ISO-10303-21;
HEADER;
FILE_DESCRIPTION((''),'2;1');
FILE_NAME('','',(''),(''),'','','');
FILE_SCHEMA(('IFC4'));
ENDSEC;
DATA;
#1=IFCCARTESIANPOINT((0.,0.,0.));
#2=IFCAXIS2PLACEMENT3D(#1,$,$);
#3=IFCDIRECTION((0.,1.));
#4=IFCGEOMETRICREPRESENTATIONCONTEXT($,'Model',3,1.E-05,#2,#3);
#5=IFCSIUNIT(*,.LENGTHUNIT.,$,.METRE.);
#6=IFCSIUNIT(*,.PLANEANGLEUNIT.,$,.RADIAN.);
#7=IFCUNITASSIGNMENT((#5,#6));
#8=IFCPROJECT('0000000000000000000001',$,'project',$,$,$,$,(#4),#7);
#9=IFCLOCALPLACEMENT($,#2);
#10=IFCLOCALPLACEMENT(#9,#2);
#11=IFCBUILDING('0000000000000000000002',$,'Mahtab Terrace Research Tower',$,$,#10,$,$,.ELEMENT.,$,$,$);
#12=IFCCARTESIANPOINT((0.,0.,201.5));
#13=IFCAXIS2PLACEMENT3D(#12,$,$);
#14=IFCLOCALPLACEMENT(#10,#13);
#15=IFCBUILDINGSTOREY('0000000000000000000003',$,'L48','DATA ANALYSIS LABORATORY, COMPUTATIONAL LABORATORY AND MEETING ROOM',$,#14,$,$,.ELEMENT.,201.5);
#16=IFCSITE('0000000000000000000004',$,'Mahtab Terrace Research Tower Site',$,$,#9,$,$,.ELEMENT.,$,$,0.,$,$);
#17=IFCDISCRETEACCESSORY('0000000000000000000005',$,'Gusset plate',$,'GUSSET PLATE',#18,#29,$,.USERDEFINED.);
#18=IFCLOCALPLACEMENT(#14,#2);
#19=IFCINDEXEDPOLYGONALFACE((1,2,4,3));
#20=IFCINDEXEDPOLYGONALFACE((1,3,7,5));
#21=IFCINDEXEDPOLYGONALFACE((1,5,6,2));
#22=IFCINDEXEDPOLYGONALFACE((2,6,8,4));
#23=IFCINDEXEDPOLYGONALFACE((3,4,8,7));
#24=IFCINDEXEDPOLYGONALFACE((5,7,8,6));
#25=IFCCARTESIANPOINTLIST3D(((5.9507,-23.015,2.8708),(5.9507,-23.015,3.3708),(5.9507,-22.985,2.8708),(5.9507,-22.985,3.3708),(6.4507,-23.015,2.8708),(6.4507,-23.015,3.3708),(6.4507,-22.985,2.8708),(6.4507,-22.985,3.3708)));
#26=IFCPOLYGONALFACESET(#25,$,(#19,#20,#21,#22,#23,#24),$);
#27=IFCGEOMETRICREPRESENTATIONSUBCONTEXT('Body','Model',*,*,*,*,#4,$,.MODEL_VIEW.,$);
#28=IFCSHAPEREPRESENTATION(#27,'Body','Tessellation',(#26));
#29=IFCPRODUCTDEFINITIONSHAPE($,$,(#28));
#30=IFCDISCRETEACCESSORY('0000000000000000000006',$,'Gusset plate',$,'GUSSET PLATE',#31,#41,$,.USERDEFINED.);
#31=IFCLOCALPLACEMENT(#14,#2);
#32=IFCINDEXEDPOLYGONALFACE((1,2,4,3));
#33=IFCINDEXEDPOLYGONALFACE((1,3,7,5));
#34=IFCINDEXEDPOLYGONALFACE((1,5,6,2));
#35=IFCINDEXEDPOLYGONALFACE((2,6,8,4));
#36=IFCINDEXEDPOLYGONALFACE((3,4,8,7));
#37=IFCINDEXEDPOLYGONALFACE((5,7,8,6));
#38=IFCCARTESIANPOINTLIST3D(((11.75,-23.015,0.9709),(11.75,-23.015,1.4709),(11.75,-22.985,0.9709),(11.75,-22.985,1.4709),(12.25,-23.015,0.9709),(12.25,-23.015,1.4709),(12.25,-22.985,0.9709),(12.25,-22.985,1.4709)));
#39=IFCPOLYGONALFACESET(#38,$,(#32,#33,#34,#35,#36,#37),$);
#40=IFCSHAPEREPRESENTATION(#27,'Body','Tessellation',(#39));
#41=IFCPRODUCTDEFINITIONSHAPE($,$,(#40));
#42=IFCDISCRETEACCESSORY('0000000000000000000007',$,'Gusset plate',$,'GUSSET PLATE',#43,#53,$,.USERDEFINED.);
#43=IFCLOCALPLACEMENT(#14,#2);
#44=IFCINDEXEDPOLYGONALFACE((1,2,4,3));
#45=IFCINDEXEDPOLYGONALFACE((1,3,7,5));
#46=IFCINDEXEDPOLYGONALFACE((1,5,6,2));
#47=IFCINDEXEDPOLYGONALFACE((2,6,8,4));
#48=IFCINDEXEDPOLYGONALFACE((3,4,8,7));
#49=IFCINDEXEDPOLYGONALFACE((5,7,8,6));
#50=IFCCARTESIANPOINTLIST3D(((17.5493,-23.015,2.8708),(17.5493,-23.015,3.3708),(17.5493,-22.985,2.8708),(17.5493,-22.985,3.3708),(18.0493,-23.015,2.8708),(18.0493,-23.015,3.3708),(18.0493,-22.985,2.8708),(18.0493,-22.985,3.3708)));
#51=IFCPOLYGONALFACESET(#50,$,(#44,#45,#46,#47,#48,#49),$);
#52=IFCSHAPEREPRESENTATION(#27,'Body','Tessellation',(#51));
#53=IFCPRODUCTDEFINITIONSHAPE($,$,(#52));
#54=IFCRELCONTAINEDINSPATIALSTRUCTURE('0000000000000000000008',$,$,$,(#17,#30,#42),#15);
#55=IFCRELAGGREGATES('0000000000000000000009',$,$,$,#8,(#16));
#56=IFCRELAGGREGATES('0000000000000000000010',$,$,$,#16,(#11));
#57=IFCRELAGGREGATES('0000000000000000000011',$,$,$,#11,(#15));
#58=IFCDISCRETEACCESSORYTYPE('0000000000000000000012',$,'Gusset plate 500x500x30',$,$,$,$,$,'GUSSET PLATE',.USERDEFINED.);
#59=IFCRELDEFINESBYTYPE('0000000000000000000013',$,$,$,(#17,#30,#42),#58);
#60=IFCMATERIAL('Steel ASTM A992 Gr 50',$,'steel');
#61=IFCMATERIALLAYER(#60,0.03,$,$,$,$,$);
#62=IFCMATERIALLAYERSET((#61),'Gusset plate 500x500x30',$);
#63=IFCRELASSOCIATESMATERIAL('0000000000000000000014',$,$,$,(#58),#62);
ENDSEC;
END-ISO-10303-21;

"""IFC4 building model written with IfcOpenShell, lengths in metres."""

from ifc_helpers import new_model, si_unit, direction, frame, origin, origin_2d, place, context, subcontext, project, spatial, rectangle, extrude, material, layer, layer_set, type_object, element, save


model = new_model("IFC4")

# Units and contexts
model_context = context("Model", 3, precision=1e-05, world=origin(), true_north=direction((0.0, 1.0)))
body_context = subcontext(model_context, "Body", "Model", "MODEL_VIEW")
ifc_project = project(units=[si_unit("LENGTHUNIT", "METRE"), si_unit("PLANEANGLEUNIT", "RADIAN")], contexts=[model_context])

# Site, building, storey
site_placement = place(None, origin())
site = spatial("IfcSite", under=ifc_project, at=site_placement, Name="Mahtab Terrace Research Tower Site", CompositionType="ELEMENT", RefElevation=0.0)
building_placement = place(site_placement, origin())
building = spatial("IfcBuilding", under=site, at=building_placement, Name="Mahtab Terrace Research Tower", CompositionType="ELEMENT")
storey_placement = place(building_placement, frame((0.0, 0.0, 201.5)))
storey = spatial("IfcBuildingStorey", under=building, at=storey_placement, Name="L48", Description="DATA ANALYSIS LABORATORY, COMPUTATIONAL LABORATORY AND MEETING ROOM", CompositionType="ELEMENT", Elevation=201.5)

# Shared definitions
ifc_material_1 = material(Name="Steel ASTM A992 Gr 50", Category="steel")

# Discrete accessories
ifc_layer_1 = layer(ifc_material_1, 0.03)
ifc_layer_set_1 = layer_set([ifc_layer_1], Name="Gusset plate 500x500x30")
discrete_accessory_type = type_object("IfcDiscreteAccessoryType", Name="Gusset plate 500x500x30", ElementType="GUSSET PLATE", PredefinedType="USERDEFINED", material=ifc_layer_set_1)
for number, where, z_axis, x_axis, name in (
    (1, (6.2007, -23.0, 2.8708), (0.0, 0.0, 1.0), (1.0, 0.0, 0.0), "Gusset plate"),
    (2, (12.0, -23.0, 0.9709), (0.0, 0.0, 1.0), (1.0, 0.0, 0.0), "Gusset plate"),
    (3, (17.7993, -23.0, 2.8708), (0.0, 0.0, 1.0), (1.0, 0.0, 0.0), "Gusset plate"),
):
    element("IfcDiscreteAccessory", number, at=place(storey_placement, frame(where, z_axis=z_axis, x_axis=x_axis)), inside=storey, type_object=discrete_accessory_type, Name=name, ObjectType="GUSSET PLATE", PredefinedType="USERDEFINED", context=body_context, shape_type="SweptSolid", body=[
        extrude(rectangle(XDim=0.5, YDim=0.03, at=origin_2d()), origin(), (0.0, 0.0, 1.0), 0.5),
    ])

save(model, "model.ifc")
